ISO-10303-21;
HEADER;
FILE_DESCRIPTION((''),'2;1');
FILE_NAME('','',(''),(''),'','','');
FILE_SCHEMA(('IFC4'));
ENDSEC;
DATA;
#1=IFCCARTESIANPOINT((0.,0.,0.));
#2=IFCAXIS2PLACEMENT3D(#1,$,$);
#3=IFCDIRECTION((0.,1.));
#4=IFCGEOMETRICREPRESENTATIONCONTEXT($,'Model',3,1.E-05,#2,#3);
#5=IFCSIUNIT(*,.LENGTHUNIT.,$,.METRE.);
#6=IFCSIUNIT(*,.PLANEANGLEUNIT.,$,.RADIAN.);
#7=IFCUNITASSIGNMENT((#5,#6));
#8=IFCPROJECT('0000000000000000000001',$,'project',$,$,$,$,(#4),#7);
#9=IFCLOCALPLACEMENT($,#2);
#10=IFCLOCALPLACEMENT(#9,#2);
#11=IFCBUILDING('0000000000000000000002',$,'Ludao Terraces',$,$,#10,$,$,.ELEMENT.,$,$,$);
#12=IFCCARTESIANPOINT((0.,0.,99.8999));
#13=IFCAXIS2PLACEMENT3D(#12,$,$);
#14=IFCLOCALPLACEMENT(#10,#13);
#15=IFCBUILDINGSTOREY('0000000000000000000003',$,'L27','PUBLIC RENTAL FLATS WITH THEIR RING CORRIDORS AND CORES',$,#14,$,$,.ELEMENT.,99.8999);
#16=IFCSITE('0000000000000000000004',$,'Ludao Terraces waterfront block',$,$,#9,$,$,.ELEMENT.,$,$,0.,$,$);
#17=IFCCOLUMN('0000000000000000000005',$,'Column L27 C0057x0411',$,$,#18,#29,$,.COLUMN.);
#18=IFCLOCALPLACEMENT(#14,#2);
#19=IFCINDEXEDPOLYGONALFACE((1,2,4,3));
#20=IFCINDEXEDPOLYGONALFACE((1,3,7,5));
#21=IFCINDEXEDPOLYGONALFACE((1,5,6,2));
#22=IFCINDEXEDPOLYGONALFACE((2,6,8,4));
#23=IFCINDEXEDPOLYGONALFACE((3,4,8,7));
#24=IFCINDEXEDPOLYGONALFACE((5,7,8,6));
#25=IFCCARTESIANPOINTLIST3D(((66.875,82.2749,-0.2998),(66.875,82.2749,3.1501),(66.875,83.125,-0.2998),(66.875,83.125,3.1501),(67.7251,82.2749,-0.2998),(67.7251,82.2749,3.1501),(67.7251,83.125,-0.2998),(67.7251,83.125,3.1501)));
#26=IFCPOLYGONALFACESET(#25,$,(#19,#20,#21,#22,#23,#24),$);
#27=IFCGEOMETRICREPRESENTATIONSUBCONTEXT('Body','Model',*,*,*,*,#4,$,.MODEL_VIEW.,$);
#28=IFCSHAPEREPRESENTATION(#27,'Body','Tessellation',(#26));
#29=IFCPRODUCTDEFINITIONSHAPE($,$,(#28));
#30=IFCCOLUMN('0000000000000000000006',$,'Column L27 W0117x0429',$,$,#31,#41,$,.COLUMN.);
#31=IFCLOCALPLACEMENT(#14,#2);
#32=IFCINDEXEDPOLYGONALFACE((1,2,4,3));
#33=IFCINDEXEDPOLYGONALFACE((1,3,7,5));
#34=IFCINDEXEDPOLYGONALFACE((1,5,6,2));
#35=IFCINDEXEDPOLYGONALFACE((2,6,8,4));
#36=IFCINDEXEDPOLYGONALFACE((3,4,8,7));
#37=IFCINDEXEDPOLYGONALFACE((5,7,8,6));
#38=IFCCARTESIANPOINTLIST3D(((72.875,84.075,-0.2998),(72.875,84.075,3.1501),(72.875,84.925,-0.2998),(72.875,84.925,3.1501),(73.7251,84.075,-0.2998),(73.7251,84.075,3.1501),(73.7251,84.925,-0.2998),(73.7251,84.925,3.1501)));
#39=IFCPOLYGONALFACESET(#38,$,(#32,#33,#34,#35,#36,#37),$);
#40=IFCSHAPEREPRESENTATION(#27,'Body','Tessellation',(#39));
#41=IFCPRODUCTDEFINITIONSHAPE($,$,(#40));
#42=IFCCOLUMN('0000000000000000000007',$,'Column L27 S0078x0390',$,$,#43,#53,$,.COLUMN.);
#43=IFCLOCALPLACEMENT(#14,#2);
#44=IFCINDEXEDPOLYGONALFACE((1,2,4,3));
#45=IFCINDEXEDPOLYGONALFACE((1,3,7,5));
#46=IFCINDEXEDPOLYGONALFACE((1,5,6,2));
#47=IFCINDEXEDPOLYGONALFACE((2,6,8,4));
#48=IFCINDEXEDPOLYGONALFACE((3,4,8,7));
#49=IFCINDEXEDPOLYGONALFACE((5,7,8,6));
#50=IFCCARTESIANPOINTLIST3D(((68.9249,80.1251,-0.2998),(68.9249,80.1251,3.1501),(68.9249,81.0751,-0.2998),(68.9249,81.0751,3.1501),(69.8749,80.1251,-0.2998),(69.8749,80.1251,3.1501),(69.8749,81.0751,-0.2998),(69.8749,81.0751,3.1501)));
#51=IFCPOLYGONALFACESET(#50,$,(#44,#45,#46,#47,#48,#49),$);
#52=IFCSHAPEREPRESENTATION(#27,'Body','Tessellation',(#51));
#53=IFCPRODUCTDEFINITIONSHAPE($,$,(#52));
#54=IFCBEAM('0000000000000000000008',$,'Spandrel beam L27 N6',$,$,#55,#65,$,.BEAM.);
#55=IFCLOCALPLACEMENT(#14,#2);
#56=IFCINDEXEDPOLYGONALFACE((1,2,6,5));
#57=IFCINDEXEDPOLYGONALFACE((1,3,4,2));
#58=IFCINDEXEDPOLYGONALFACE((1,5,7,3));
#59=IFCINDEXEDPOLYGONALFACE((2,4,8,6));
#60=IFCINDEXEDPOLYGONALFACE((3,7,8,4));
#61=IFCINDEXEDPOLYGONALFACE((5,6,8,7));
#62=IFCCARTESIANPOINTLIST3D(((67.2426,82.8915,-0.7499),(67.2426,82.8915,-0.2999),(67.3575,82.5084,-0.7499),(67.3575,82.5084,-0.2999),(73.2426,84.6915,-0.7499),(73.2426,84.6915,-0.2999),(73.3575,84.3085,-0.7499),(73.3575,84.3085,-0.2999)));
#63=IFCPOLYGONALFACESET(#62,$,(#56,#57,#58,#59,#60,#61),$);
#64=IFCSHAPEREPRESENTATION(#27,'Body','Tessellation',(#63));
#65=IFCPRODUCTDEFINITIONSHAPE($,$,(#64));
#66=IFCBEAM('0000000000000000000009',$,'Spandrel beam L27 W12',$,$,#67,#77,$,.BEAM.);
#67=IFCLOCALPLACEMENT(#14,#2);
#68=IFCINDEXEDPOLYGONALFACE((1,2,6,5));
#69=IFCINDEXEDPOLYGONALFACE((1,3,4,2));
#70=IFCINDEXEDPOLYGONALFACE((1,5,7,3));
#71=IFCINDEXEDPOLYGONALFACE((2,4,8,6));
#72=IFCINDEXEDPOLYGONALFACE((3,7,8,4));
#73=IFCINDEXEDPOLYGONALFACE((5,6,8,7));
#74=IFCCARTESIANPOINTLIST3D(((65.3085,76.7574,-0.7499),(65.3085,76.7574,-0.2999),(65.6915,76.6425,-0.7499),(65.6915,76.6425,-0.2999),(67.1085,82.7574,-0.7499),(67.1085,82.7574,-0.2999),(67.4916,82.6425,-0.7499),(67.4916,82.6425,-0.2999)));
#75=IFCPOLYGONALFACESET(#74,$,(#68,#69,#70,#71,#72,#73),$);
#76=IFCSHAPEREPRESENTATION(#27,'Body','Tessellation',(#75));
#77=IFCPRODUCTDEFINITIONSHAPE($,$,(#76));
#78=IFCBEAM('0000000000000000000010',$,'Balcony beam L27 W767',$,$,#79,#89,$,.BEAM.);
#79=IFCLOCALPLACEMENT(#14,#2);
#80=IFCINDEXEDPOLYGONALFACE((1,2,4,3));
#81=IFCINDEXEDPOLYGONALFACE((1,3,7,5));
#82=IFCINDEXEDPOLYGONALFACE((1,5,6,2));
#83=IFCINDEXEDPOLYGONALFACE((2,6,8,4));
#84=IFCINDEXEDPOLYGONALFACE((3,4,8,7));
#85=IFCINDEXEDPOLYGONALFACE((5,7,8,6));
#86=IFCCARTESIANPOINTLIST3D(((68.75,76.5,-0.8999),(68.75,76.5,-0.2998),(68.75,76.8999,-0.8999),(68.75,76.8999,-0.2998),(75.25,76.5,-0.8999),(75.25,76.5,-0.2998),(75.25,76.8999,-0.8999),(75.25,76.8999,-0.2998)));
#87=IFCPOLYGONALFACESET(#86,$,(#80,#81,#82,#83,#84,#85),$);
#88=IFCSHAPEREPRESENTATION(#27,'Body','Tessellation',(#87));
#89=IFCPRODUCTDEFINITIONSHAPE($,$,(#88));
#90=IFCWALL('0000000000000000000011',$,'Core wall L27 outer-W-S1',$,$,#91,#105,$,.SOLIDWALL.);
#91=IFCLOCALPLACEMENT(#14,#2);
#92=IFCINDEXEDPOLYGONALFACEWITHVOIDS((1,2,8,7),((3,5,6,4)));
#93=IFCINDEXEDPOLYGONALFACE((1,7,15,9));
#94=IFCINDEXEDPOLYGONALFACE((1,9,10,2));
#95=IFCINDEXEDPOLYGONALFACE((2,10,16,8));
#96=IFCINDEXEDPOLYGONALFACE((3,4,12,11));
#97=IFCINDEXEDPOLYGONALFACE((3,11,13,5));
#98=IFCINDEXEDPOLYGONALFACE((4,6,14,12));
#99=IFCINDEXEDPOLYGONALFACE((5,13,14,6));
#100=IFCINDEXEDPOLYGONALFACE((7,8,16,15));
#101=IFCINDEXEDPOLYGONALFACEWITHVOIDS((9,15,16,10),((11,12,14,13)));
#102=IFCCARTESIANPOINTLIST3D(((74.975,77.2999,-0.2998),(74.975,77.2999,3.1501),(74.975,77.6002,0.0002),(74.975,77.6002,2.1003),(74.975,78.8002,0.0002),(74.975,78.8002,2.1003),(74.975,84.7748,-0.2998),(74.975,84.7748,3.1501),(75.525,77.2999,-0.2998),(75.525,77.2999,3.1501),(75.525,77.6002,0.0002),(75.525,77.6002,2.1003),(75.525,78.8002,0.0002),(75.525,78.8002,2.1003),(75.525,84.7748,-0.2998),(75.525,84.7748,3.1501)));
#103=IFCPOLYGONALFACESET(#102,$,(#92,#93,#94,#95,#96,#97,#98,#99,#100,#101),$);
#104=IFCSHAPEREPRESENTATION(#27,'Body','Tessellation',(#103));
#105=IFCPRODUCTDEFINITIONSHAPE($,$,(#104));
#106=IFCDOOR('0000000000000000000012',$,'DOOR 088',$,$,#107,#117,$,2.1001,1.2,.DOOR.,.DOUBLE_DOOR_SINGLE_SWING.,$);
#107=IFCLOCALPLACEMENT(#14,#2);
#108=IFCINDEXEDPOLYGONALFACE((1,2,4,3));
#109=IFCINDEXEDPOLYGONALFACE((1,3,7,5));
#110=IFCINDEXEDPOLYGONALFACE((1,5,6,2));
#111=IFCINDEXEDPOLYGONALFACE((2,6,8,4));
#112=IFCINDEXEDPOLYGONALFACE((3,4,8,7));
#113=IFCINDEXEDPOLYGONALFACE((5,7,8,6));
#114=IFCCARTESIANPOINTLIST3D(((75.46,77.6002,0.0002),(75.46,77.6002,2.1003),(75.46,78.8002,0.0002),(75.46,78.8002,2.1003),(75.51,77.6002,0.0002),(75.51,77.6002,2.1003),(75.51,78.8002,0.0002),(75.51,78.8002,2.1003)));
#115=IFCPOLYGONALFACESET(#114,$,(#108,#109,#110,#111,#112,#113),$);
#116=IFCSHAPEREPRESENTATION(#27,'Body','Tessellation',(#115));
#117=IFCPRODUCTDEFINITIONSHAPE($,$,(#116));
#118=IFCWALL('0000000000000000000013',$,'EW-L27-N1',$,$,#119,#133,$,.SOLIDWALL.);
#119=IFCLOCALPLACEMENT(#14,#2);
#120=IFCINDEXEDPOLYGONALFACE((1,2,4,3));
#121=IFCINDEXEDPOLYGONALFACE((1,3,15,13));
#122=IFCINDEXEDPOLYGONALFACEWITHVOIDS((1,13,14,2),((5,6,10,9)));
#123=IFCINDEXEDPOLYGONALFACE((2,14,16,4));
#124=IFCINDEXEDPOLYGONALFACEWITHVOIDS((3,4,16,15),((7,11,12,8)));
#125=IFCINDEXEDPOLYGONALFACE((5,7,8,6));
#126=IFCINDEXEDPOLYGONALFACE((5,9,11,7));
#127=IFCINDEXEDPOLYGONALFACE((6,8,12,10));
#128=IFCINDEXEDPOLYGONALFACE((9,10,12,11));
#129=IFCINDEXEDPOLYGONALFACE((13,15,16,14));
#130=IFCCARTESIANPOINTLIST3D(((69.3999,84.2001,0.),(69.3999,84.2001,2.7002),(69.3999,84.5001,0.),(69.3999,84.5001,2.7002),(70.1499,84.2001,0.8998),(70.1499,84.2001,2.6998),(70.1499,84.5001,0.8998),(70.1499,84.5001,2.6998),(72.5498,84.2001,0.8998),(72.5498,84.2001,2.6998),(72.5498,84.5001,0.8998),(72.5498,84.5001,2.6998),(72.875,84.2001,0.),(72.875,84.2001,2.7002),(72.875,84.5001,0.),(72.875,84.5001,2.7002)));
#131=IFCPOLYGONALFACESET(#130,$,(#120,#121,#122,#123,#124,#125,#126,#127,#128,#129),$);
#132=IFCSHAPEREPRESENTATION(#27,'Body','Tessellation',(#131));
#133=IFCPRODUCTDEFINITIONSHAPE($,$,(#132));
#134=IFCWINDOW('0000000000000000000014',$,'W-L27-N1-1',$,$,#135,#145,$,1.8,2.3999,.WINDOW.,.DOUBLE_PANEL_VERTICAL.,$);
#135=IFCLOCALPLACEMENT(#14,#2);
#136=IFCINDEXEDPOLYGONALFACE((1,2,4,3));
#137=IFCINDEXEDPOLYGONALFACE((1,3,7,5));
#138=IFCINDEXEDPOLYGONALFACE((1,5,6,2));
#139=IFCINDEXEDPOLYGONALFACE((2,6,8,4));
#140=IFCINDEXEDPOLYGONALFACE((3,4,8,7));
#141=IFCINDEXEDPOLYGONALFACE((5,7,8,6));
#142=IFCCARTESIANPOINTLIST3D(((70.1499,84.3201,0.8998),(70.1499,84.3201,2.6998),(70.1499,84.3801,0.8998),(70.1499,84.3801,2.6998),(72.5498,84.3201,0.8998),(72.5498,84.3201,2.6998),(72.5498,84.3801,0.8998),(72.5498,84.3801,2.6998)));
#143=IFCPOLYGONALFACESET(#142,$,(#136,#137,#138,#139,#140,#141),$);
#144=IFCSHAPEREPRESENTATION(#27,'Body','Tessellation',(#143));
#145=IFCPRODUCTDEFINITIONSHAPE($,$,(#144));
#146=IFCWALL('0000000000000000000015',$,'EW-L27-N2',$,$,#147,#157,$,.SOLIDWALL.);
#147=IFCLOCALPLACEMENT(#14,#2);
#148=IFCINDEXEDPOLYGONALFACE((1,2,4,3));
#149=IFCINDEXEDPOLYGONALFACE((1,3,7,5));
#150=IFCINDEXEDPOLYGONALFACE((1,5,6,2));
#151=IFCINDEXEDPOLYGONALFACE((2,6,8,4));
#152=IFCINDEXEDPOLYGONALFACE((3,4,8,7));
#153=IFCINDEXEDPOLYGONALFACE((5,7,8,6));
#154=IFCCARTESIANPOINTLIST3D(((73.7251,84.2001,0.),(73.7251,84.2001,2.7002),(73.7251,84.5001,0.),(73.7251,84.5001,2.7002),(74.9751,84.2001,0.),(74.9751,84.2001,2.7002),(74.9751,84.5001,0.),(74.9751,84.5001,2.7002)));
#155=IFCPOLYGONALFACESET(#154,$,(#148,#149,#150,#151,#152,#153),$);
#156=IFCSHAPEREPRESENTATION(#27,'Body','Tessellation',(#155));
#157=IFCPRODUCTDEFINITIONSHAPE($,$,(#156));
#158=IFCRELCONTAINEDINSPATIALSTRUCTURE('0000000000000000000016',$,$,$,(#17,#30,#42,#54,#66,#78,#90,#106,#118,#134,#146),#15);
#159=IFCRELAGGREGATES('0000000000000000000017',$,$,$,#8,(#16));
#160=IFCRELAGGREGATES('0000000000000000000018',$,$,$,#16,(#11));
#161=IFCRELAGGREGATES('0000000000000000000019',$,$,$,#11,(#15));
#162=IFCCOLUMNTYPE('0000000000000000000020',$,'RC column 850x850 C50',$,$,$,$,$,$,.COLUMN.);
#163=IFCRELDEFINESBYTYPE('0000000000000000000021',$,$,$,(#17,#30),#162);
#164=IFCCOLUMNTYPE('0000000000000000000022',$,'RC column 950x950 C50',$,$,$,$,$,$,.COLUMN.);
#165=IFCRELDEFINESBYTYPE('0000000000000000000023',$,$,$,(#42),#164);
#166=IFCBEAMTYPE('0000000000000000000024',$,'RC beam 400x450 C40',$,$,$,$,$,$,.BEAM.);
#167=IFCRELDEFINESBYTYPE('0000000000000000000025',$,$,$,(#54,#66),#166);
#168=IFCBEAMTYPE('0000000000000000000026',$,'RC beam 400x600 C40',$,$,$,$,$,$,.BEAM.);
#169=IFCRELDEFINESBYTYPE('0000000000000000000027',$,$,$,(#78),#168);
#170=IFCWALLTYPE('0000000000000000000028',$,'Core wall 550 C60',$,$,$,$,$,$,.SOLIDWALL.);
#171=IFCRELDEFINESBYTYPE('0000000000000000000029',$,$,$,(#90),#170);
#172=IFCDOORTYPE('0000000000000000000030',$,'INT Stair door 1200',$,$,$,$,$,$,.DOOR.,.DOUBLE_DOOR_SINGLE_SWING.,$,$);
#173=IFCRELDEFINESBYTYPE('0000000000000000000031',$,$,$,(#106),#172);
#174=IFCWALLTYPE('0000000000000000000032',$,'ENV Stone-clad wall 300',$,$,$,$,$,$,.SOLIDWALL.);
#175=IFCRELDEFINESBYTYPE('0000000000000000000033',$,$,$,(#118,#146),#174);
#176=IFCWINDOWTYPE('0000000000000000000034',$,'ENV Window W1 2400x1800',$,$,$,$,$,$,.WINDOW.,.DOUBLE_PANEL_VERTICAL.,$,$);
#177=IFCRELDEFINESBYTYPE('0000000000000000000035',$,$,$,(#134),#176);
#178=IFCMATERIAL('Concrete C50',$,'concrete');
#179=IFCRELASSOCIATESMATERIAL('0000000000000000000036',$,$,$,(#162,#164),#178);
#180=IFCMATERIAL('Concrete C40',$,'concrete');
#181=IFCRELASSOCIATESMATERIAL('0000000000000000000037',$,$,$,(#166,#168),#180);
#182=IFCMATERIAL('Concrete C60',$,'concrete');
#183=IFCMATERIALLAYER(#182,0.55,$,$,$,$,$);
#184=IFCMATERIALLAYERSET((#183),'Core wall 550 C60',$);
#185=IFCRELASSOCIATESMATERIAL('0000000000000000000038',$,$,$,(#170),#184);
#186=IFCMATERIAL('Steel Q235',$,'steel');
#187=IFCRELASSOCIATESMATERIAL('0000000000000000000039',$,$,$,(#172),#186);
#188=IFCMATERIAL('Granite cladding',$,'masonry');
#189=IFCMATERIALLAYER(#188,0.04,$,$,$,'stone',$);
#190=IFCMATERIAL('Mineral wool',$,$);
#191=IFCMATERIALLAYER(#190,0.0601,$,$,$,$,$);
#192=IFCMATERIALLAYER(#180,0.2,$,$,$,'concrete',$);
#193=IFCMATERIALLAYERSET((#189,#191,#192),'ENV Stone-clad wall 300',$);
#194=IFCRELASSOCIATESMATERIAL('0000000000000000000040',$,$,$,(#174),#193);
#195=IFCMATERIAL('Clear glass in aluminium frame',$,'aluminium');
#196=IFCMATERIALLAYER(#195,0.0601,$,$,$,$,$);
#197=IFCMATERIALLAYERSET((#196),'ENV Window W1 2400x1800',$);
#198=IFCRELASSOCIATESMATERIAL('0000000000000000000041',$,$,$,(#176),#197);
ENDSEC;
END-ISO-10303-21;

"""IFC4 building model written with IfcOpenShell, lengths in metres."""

from ifc_helpers import new_model, si_unit, direction, frame, frame_2d, origin, origin_2d, place, context, subcontext, project, spatial, rectangle, extrude, material, layer, layer_set, material_profile, profile_set, type_object, element, fill, save


model = new_model("IFC4")

# Units and contexts
model_context = context("Model", 3, precision=1e-05, world=origin(), true_north=direction((0.0, 1.0)))
body_context = subcontext(model_context, "Body", "Model", "MODEL_VIEW")
ifc_project = project(units=[si_unit("LENGTHUNIT", "METRE"), si_unit("PLANEANGLEUNIT", "RADIAN")], contexts=[model_context])

# Site, building, storey
site_placement = place(None, origin())
site = spatial("IfcSite", under=ifc_project, at=site_placement, Name="Ludao Terraces waterfront block", CompositionType="ELEMENT", RefElevation=0.0)
building_placement = place(site_placement, origin())
building = spatial("IfcBuilding", under=site, at=building_placement, Name="Ludao Terraces", CompositionType="ELEMENT")
storey_placement = place(building_placement, frame((0.0, 0.0, 99.8999)))
storey = spatial("IfcBuildingStorey", under=building, at=storey_placement, Name="L27", Description="PUBLIC RENTAL FLATS WITH THEIR RING CORRIDORS AND CORES", CompositionType="ELEMENT", Elevation=99.8999)

# Columns
ifc_material_1 = material(Name="Concrete C50", Category="concrete")
ifc_material_profile_1 = material_profile(ifc_material_1, rectangle(XDim=0.8501, YDim=0.8501, at=origin_2d()), Name="850 X 850")
ifc_profile_set_1 = profile_set([ifc_material_profile_1], Name="Concrete C50")
column_type_1 = type_object("IfcColumnType", Name="RC column 850x850 C50", PredefinedType="COLUMN", material=ifc_profile_set_1)
for number, where, z_axis, x_axis, name in (
    (1, (67.3, 82.7, -0.2998), (0.0, 0.0, 1.0), (1.0, 0.0, 0.0), "Column L27 C0057x0411"),
    (2, (73.3, 84.5, -0.2998), (0.0, 0.0, 1.0), (1.0, 0.0, 0.0), "Column L27 W0117x0429"),
):
    element("IfcColumn", number, at=place(storey_placement, frame(where, z_axis=z_axis, x_axis=x_axis)), inside=storey, type_object=column_type_1, Name=name, PredefinedType="COLUMN", context=body_context, shape_type="SweptSolid", body=[
        extrude(rectangle(XDim=0.8501, YDim=0.8501, at=origin_2d()), origin(), (0.0, 0.0, 1.0), 3.45),
    ])
ifc_material_profile_2 = material_profile(ifc_material_1, rectangle(XDim=0.95, YDim=0.95, at=origin_2d()), Name="950 X 950")
ifc_profile_set_2 = profile_set([ifc_material_profile_2], Name="Concrete C50")
column_type_2 = type_object("IfcColumnType", Name="RC column 950x950 C50", PredefinedType="COLUMN", material=ifc_profile_set_2)
column_placement = place(storey_placement, frame((69.3999, 80.6001, -0.2998), z_axis=(0.0, 0.0, 1.0), x_axis=(1.0, 0.0, 0.0)))
element("IfcColumn", 3, at=column_placement, inside=storey, type_object=column_type_2, Name="Column L27 S0078x0390", PredefinedType="COLUMN", context=body_context, shape_type="SweptSolid", body=[
    extrude(rectangle(XDim=0.95, YDim=0.95, at=origin_2d()), origin(), (0.0, 0.0, 1.0), 3.45),
])

# Beams
ifc_material_2 = material(Name="Concrete C40", Category="concrete")
ifc_material_profile_3 = material_profile(ifc_material_2, rectangle(XDim=0.3999, YDim=0.45, at=origin_2d()), Name="400 X 450")
ifc_profile_set_3 = profile_set([ifc_material_profile_3], Name="Concrete C40")
beam_type_1 = type_object("IfcBeamType", Name="RC beam 400x450 C40", PredefinedType="BEAM", material=ifc_profile_set_3)
for number, where, z_axis, x_axis, name in (
    (4, (67.3, 82.7, -0.5249), (0.957824, 0.287355, 0.0), (-0.287355, 0.957824, 0.0), "Spandrel beam L27 N6"),
    (5, (65.5, 76.7, -0.5249), (0.287355, 0.957824, 0.0), (-0.957824, 0.287355, 0.0), "Spandrel beam L27 W12"),
):
    element("IfcBeam", number, at=place(storey_placement, frame(where, z_axis=z_axis, x_axis=x_axis)), inside=storey, type_object=beam_type_1, Name=name, PredefinedType="BEAM", context=body_context, shape_type="SweptSolid", body=[
        extrude(rectangle(XDim=0.3999, YDim=0.45, at=origin_2d()), origin(), (0.0, 0.0, 1.0), 6.2642),
    ])
ifc_material_profile_4 = material_profile(ifc_material_2, rectangle(XDim=0.3999, YDim=0.6001, at=origin_2d()), Name="400 X 600")
ifc_profile_set_4 = profile_set([ifc_material_profile_4], Name="Concrete C40")
beam_type_2 = type_object("IfcBeamType", Name="RC beam 400x600 C40", PredefinedType="BEAM", material=ifc_profile_set_4)
beam_placement = place(storey_placement, frame((75.25, 76.7, -0.5999), z_axis=(-1.0, 0.0, 0.0), x_axis=(0.0, -1.0, 0.0)))
element("IfcBeam", 6, at=beam_placement, inside=storey, type_object=beam_type_2, Name="Balcony beam L27 W767", PredefinedType="BEAM", context=body_context, shape_type="SweptSolid", body=[
    extrude(rectangle(XDim=0.3999, YDim=0.6001, at=origin_2d()), origin(), (0.0, 0.0, 1.0), 6.5),
])

# Wall, opening, door
ifc_material_3 = material(Name="Concrete C60", Category="concrete")
ifc_layer_1 = layer(ifc_material_3, 0.55)
ifc_layer_set_1 = layer_set([ifc_layer_1], Name="Core wall 550 C60")
wall_type_1 = type_object("IfcWallType", Name="Core wall 550 C60", PredefinedType="SOLIDWALL", material=ifc_layer_set_1)
wall_1_placement = place(storey_placement, frame((75.25, 77.3, -0.2998), z_axis=(0.0, 0.0, 1.0), x_axis=(0.0, 1.0, 0.0)))
wall_1 = element("IfcWall", 7, at=wall_1_placement, inside=storey, type_object=wall_type_1, Name="Core wall L27 outer-W-S1", PredefinedType="SOLIDWALL", context=body_context, shape_type="SweptSolid", body=[
    extrude(rectangle(XDim=7.4749, YDim=0.55, at=frame_2d((3.7373, 0.0))), origin(), (0.0, 0.0, 1.0), 3.45),
])
opening_1_placement = place(wall_1_placement, frame((0.3, 0.0, 0.3)))
opening_1 = element("IfcOpeningElement", 8, at=opening_1_placement, cuts=wall_1, PredefinedType="OPENING", context=body_context, shape_type="SweptSolid", body=[
    extrude(rectangle(XDim=1.2, YDim=2.1001, at=frame_2d((0.6001, 1.05))), frame((0.0, 0.2852, 0.0), z_axis=(0.0, -1.0, 0.0), x_axis=(1.0, 0.0, 0.0)), (0.0, 0.0, 1.0), 0.5701),
])
ifc_material_4 = material(Name="Steel Q235", Category="steel")
door_type_1 = type_object("IfcDoorType", Name="INT Stair door 1200", OperationType="DOUBLE_DOOR_SINGLE_SWING", PredefinedType="DOOR", material=ifc_material_4)
door_1_placement = place(opening_1_placement, origin())
door_1 = element("IfcDoor", 9, at=door_1_placement, inside=storey, type_object=door_type_1, Name="DOOR 088", OperationType="DOUBLE_DOOR_SINGLE_SWING", OverallHeight=2.1001, OverallWidth=1.2, PredefinedType="DOOR", context=body_context, shape_type="SweptSolid", body=[
    extrude(rectangle(XDim=1.2, YDim=2.1001, at=frame_2d((0.6001, 1.05))), frame((0.0, -0.21, 0.0), z_axis=(0.0, -1.0, 0.0), x_axis=(1.0, 0.0, 0.0)), (0.0, 0.0, 1.0), 0.05),
])
fill(opening_1, door_1)

# Wall, opening, window
ifc_material_5 = material(Name="Granite cladding", Category="masonry")
ifc_layer_2 = layer(ifc_material_5, 0.04, Category="stone")
ifc_material_6 = material(Name="Mineral wool")
ifc_layer_3 = layer(ifc_material_6, 0.0601)
ifc_layer_4 = layer(ifc_material_2, 0.2, Category="concrete")
ifc_layer_set_2 = layer_set([ifc_layer_2, ifc_layer_3, ifc_layer_4], Name="ENV Stone-clad wall 300")
wall_type_2 = type_object("IfcWallType", Name="ENV Stone-clad wall 300", PredefinedType="SOLIDWALL", material=ifc_layer_set_2)
wall_2_placement = place(storey_placement, frame((69.3999, 84.3501, 0.0), z_axis=(0.0, 0.0, 1.0), x_axis=(1.0, 0.0, 0.0)))
wall_2 = element("IfcWall", 10, at=wall_2_placement, inside=storey, type_object=wall_type_2, Name="EW-L27-N1", PredefinedType="SOLIDWALL", context=body_context, shape_type="SweptSolid", body=[
    extrude(rectangle(XDim=3.4751, YDim=0.3, at=frame_2d((1.7375, 0.0))), origin(), (0.0, 0.0, 1.0), 2.7002),
])
opening_2_placement = place(wall_2_placement, frame((0.75, 0.0, 0.8999)))
opening_2 = element("IfcOpeningElement", 11, at=opening_2_placement, cuts=wall_2, PredefinedType="OPENING", context=body_context, shape_type="SweptSolid", body=[
    extrude(rectangle(XDim=2.3999, YDim=1.8, at=frame_2d((1.2, 0.8999))), frame((0.0, 0.1602, 0.0), z_axis=(0.0, -1.0, 0.0), x_axis=(1.0, 0.0, 0.0)), (0.0, 0.0, 1.0), 0.3201),
])
ifc_material_7 = material(Name="Clear glass in aluminium frame", Category="aluminium")
ifc_layer_5 = layer(ifc_material_7, 0.0601)
ifc_layer_set_3 = layer_set([ifc_layer_5], Name="ENV Window W1 2400x1800")
window_type_1 = type_object("IfcWindowType", Name="ENV Window W1 2400x1800", PartitioningType="DOUBLE_PANEL_VERTICAL", PredefinedType="WINDOW", material=ifc_layer_set_3)
window_1_placement = place(opening_2_placement, origin())
window_1 = element("IfcWindow", 12, at=window_1_placement, inside=storey, type_object=window_type_1, Name="W-L27-N1-1", OverallHeight=1.8, OverallWidth=2.3999, PartitioningType="DOUBLE_PANEL_VERTICAL", PredefinedType="WINDOW", context=body_context, shape_type="SweptSolid", body=[
    extrude(rectangle(XDim=2.3999, YDim=1.8, at=frame_2d((1.2, 0.8999))), frame((0.0, 0.03, 0.0), z_axis=(0.0, -1.0, 0.0), x_axis=(1.0, 0.0, 0.0)), (0.0, 0.0, 1.0), 0.0601),
])
fill(opening_2, window_1)

# Wall
wall_3_placement = place(storey_placement, frame((73.7251, 84.3501, 0.0), z_axis=(0.0, 0.0, 1.0), x_axis=(1.0, 0.0, 0.0)))
element("IfcWall", 13, at=wall_3_placement, inside=storey, type_object=wall_type_2, Name="EW-L27-N2", PredefinedType="SOLIDWALL", context=body_context, shape_type="SweptSolid", body=[
    extrude(rectangle(XDim=1.25, YDim=0.3, at=frame_2d((0.625, 0.0))), origin(), (0.0, 0.0, 1.0), 2.7002),
])

save(model, "model.ifc")
